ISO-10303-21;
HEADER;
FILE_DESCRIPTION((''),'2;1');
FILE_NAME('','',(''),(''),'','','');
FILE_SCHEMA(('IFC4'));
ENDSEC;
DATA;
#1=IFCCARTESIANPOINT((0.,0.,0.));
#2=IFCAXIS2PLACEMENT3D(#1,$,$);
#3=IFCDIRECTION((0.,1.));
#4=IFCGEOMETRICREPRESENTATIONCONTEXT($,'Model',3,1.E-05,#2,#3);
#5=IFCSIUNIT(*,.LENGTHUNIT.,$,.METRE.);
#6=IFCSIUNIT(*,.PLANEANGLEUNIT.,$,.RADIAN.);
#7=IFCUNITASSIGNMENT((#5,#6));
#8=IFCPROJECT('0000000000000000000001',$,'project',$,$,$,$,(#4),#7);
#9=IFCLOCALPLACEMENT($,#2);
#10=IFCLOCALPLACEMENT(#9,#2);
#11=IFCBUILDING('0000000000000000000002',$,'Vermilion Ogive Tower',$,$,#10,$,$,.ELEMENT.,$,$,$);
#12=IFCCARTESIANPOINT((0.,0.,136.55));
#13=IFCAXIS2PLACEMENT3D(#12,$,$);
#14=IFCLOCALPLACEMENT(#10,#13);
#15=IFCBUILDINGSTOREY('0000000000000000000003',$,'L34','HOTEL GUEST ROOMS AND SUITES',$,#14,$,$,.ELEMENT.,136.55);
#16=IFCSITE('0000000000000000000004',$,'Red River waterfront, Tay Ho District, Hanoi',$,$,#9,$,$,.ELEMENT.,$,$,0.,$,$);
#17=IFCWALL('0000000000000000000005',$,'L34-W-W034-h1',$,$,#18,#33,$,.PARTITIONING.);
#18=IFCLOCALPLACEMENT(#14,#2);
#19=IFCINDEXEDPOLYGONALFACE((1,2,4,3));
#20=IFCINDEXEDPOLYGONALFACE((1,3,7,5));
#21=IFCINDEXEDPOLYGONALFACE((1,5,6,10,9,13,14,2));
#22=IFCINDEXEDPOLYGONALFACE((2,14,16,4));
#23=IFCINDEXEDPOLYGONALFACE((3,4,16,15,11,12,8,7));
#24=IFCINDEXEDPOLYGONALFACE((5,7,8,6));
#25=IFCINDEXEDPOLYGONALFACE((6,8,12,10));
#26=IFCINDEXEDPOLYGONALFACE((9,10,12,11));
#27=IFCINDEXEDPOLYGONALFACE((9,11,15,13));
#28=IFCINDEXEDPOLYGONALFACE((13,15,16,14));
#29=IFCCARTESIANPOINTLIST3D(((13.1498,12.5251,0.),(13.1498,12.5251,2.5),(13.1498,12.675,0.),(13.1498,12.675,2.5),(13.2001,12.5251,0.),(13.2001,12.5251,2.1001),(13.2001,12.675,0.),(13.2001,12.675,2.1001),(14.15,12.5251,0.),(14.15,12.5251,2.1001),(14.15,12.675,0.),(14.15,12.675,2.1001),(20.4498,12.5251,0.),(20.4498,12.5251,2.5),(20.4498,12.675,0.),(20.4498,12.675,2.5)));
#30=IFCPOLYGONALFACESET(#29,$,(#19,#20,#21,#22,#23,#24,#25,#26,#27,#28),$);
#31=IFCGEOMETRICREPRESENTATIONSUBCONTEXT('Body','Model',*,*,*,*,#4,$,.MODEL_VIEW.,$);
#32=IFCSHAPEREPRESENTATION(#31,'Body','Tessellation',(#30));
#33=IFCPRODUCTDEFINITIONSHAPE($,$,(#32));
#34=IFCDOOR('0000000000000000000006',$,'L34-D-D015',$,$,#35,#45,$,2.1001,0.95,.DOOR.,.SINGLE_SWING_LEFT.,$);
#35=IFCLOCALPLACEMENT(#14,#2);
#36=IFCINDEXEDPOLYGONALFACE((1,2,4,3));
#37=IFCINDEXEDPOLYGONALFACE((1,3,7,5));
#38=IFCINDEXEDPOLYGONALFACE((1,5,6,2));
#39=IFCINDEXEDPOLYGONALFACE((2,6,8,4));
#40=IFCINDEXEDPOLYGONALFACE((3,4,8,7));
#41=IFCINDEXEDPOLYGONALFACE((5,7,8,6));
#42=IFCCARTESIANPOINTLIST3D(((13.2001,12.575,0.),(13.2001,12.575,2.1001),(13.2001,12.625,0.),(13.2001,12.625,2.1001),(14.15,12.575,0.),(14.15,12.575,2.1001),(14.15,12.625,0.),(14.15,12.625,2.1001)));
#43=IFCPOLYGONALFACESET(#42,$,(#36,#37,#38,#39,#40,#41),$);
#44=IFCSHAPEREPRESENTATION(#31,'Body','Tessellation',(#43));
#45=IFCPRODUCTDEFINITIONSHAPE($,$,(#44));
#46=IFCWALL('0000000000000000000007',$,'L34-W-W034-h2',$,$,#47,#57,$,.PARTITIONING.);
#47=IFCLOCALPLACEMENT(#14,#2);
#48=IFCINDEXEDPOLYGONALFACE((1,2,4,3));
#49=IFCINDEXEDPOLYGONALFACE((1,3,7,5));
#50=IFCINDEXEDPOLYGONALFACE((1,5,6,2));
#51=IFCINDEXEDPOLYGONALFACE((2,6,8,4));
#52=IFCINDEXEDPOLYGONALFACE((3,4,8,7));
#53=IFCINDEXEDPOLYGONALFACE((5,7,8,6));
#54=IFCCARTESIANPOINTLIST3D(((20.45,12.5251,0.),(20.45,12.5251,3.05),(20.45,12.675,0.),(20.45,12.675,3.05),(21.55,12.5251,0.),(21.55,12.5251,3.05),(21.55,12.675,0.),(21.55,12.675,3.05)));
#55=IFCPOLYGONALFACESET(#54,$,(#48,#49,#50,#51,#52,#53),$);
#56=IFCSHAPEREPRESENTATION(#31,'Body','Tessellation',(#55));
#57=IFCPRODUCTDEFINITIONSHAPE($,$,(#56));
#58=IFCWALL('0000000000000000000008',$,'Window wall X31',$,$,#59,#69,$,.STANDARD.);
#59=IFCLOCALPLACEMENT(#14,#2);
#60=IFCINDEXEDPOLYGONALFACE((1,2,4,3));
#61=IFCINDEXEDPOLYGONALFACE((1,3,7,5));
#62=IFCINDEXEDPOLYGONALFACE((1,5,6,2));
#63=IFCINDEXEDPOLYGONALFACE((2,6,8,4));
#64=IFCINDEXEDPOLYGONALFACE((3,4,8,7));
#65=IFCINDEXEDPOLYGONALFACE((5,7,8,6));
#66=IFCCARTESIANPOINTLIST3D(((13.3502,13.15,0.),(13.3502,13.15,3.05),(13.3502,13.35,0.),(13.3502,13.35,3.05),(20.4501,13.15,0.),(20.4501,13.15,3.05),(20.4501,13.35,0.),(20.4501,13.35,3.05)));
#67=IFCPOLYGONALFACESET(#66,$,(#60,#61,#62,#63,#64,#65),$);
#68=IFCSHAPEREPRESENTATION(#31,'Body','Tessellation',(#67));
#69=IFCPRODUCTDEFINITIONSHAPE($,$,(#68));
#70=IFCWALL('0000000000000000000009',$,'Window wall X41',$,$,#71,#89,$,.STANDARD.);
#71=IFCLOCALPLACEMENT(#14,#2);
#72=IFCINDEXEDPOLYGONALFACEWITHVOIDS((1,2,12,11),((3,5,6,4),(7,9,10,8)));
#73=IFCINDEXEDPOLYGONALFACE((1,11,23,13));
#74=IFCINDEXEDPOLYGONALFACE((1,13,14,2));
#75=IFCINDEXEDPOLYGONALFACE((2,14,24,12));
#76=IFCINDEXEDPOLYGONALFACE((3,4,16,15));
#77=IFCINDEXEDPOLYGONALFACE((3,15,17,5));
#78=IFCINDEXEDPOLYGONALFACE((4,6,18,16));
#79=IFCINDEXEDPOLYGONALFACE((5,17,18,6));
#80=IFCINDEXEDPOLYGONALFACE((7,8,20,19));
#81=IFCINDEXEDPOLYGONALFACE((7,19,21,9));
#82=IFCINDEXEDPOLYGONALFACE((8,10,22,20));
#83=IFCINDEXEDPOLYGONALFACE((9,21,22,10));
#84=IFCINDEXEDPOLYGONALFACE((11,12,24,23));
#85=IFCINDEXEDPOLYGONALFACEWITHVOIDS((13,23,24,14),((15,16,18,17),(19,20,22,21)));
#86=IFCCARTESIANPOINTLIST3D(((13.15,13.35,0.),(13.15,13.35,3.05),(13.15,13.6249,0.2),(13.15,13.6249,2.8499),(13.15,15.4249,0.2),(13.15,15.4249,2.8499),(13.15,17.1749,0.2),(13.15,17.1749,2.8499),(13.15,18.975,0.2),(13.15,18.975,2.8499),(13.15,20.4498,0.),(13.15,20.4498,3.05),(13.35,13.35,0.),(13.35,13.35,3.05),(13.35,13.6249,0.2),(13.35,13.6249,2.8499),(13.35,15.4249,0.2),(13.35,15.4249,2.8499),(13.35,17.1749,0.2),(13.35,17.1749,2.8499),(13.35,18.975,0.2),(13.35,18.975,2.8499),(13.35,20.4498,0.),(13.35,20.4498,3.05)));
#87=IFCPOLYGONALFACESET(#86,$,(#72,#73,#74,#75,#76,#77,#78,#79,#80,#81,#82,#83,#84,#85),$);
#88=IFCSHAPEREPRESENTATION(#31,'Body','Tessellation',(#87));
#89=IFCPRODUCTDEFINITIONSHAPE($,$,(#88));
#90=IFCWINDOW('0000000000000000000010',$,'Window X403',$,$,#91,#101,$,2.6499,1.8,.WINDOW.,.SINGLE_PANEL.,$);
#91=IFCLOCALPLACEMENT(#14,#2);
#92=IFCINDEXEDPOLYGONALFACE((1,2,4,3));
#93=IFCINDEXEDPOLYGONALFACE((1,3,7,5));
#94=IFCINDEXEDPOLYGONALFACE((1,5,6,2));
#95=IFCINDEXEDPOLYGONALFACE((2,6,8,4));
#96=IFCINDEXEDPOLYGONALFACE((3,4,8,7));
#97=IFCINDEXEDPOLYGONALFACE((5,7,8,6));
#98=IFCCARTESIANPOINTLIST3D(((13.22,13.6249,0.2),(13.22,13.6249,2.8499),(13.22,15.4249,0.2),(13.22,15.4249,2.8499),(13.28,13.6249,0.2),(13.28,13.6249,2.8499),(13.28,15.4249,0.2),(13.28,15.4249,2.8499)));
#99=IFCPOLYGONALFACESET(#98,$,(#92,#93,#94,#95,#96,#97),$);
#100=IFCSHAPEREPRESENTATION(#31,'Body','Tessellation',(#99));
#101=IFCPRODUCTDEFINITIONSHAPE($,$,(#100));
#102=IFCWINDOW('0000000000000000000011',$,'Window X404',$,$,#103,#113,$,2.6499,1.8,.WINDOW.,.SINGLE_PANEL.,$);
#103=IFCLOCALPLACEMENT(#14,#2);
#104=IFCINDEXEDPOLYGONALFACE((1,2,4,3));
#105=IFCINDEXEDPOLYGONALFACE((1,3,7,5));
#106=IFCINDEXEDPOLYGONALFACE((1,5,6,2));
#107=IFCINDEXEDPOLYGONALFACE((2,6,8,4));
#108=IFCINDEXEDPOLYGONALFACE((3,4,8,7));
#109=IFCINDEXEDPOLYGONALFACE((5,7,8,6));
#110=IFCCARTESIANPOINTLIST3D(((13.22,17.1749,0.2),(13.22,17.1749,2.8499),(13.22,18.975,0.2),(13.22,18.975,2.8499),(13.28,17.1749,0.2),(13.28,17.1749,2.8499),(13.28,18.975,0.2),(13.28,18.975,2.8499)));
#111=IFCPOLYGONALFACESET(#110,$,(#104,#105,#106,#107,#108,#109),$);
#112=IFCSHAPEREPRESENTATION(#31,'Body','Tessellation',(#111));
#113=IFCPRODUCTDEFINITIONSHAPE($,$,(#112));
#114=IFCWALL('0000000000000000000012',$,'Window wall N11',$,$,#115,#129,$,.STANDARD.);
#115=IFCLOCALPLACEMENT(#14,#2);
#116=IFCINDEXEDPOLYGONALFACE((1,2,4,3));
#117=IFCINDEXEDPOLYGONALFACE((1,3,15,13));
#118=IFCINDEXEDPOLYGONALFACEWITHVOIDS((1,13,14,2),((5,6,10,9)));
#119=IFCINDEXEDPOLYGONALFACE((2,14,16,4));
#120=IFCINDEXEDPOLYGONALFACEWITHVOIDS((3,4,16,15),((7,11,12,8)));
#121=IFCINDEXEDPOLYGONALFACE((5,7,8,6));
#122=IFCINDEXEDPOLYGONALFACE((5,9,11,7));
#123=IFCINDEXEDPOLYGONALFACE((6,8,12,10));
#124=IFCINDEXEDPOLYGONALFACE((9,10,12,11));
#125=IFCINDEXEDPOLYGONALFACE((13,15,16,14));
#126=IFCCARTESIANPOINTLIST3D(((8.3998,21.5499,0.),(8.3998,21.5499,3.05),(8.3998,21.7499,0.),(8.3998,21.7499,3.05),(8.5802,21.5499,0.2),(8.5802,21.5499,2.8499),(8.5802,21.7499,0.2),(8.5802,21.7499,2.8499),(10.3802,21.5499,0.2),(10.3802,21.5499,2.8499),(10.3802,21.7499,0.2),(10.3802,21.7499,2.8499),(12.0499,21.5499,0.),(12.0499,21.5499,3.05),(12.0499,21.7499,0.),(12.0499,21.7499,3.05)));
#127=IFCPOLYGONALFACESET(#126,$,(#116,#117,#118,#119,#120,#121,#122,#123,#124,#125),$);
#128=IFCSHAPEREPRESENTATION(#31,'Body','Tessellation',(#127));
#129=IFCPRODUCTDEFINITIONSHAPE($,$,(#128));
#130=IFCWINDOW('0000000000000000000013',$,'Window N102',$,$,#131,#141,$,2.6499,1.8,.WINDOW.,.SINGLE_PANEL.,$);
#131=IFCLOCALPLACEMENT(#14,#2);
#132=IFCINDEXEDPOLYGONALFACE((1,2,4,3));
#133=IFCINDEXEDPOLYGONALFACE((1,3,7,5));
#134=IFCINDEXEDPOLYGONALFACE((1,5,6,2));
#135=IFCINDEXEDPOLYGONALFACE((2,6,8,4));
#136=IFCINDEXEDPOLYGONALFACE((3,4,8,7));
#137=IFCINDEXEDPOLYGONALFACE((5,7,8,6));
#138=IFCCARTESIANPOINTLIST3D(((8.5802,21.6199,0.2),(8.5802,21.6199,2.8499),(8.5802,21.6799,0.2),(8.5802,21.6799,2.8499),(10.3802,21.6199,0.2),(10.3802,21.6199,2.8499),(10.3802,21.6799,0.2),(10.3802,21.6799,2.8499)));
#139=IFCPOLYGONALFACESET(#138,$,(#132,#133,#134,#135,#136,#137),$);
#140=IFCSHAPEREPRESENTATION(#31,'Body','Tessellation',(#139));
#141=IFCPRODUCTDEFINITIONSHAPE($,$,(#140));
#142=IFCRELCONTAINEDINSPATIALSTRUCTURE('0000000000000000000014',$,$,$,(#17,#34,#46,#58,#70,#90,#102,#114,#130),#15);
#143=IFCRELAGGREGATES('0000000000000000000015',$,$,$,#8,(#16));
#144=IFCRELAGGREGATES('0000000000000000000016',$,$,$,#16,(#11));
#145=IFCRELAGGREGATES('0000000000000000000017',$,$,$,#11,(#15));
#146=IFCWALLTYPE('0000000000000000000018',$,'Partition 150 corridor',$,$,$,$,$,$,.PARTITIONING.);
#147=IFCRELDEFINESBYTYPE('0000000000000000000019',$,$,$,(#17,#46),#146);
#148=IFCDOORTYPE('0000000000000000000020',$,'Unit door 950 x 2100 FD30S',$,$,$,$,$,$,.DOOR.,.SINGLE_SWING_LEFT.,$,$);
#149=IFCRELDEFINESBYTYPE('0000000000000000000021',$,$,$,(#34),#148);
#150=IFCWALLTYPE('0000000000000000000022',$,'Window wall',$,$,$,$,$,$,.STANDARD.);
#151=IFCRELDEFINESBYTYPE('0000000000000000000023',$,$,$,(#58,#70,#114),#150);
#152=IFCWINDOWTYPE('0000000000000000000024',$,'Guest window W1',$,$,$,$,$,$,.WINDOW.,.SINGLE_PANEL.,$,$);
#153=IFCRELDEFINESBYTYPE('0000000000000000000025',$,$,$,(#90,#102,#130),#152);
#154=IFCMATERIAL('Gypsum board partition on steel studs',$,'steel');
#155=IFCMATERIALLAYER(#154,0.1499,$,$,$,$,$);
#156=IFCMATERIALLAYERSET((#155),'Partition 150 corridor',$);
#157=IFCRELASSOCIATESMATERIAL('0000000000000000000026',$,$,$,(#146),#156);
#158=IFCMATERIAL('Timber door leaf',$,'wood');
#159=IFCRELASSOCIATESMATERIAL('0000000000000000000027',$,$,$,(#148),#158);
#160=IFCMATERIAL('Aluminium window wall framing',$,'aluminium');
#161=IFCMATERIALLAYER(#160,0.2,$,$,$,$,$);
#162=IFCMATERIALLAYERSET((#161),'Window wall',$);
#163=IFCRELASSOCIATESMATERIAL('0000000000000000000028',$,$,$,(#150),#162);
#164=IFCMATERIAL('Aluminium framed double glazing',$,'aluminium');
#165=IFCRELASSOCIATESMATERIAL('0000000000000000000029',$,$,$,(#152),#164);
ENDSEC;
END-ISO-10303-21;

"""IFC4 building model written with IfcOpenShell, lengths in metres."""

from ifc_helpers import new_model, si_unit, direction, frame, frame_2d, origin, place, context, subcontext, project, spatial, rectangle, extrude, material, layer, layer_set, type_object, element, fill, save


model = new_model("IFC4")

# Units and contexts
model_context = context("Model", 3, precision=1e-05, world=origin(), true_north=direction((0.0, 1.0)))
body_context = subcontext(model_context, "Body", "Model", "MODEL_VIEW")
ifc_project = project(units=[si_unit("LENGTHUNIT", "METRE"), si_unit("PLANEANGLEUNIT", "RADIAN")], contexts=[model_context])

# Site, building, storey
site_placement = place(None, origin())
site = spatial("IfcSite", under=ifc_project, at=site_placement, Name="Red River waterfront, Tay Ho District, Hanoi", CompositionType="ELEMENT", RefElevation=0.0)
building_placement = place(site_placement, origin())
building = spatial("IfcBuilding", under=site, at=building_placement, Name="Vermilion Ogive Tower", CompositionType="ELEMENT")
storey_placement = place(building_placement, frame((0.0, 0.0, 136.55)))
storey = spatial("IfcBuildingStorey", under=building, at=storey_placement, Name="L34", Description="HOTEL GUEST ROOMS AND SUITES", CompositionType="ELEMENT", Elevation=136.55)

# Shared definitions
ifc_material_1 = material(Name="Gypsum board partition on steel studs", Category="steel")
ifc_layer_1 = layer(ifc_material_1, 0.1499)
ifc_layer_set_1 = layer_set([ifc_layer_1], Name="Partition 150 corridor")
wall_type_1 = type_object("IfcWallType", Name="Partition 150 corridor", PredefinedType="PARTITIONING", material=ifc_layer_set_1)

# Wall, opening, door
wall_1_placement = place(storey_placement, frame((13.1499, 12.6001, 0.0), z_axis=(0.0, 0.0, 1.0), x_axis=(1.0, 0.0, 0.0)))
wall_1 = element("IfcWall", 1, at=wall_1_placement, inside=storey, type_object=wall_type_1, Name="L34-W-W034-h1", PredefinedType="PARTITIONING", context=body_context, shape_type="SweptSolid", body=[
    extrude(rectangle(XDim=7.3, YDim=0.1499, at=frame_2d((3.6499, 0.0))), origin(), (0.0, 0.0, 1.0), 2.5),
])
opening_1_placement = place(wall_1_placement, frame((0.05, 0.0, 0.0)))
opening_1 = element("IfcOpeningElement", 2, at=opening_1_placement, cuts=wall_1, PredefinedType="OPENING", context=body_context, shape_type="SweptSolid", body=[
    extrude(rectangle(XDim=0.95, YDim=2.1001, at=frame_2d((0.4751, 1.05))), frame((0.0, 0.085, 0.0), z_axis=(0.0, -1.0, 0.0), x_axis=(1.0, 0.0, 0.0)), (0.0, 0.0, 1.0), 0.1699),
])
ifc_material_2 = material(Name="Timber door leaf", Category="wood")
door_type = type_object("IfcDoorType", Name="Unit door 950 x 2100 FD30S", OperationType="SINGLE_SWING_LEFT", PredefinedType="DOOR", material=ifc_material_2)
door_placement = place(opening_1_placement, origin())
door = element("IfcDoor", 3, at=door_placement, inside=storey, type_object=door_type, Name="L34-D-D015", OperationType="SINGLE_SWING_LEFT", OverallHeight=2.1001, OverallWidth=0.95, PredefinedType="DOOR", context=body_context, shape_type="SweptSolid", body=[
    extrude(rectangle(XDim=0.95, YDim=2.1001, at=frame_2d((0.4751, 1.05))), frame((0.0, 0.0249, 0.0), z_axis=(0.0, -1.0, 0.0), x_axis=(1.0, 0.0, 0.0)), (0.0, 0.0, 1.0), 0.05),
])
fill(opening_1, door)

# Walls
wall_2_placement = place(storey_placement, frame((20.45, 12.6001, 0.0), z_axis=(0.0, 0.0, 1.0), x_axis=(1.0, 0.0, 0.0)))
element("IfcWall", 4, at=wall_2_placement, inside=storey, type_object=wall_type_1, Name="L34-W-W034-h2", PredefinedType="PARTITIONING", context=body_context, shape_type="SweptSolid", body=[
    extrude(rectangle(XDim=1.1001, YDim=0.1499, at=frame_2d((0.55, 0.0))), origin(), (0.0, 0.0, 1.0), 3.05),
])
ifc_material_3 = material(Name="Aluminium window wall framing", Category="aluminium")
ifc_layer_2 = layer(ifc_material_3, 0.2)
ifc_layer_set_2 = layer_set([ifc_layer_2], Name="Window wall")
wall_type_2 = type_object("IfcWallType", Name="Window wall", PredefinedType="STANDARD", material=ifc_layer_set_2)
wall_3_placement = place(storey_placement, frame((20.45, 13.25, 0.0), z_axis=(0.0, 0.0, 1.0), x_axis=(-1.0, 0.0, 0.0)))
element("IfcWall", 5, at=wall_3_placement, inside=storey, type_object=wall_type_2, Name="Window wall X31", PredefinedType="STANDARD", context=body_context, shape_type="SweptSolid", body=[
    extrude(rectangle(XDim=7.0999, YDim=0.2, at=frame_2d((3.5498, 0.0))), origin(), (0.0, 0.0, 1.0), 3.05),
])

# Wall, openings, windows
wall_4_placement = place(storey_placement, frame((13.25, 13.3501, 0.0), z_axis=(0.0, 0.0, 1.0), x_axis=(0.0, 1.0, 0.0)))
wall_4 = element("IfcWall", 6, at=wall_4_placement, inside=storey, type_object=wall_type_2, Name="Window wall X41", PredefinedType="STANDARD", context=body_context, shape_type="SweptSolid", body=[
    extrude(rectangle(XDim=7.0999, YDim=0.2, at=frame_2d((3.5498, 0.0))), origin(), (0.0, 0.0, 1.0), 3.05),
])
opening_2_placement = place(wall_4_placement, frame((0.2749, 0.0, 0.2)))
opening_2 = element("IfcOpeningElement", 7, at=opening_2_placement, cuts=wall_4, PredefinedType="OPENING", context=body_context, shape_type="SweptSolid", body=[
    extrude(rectangle(XDim=1.8, YDim=2.6499, at=frame_2d((0.8999, 1.325))), frame((0.0, 0.1099, 0.0), z_axis=(0.0, -1.0, 0.0), x_axis=(1.0, 0.0, 0.0)), (0.0, 0.0, 1.0), 0.22),
])
opening_3_placement = place(wall_4_placement, frame((3.825, 0.0, 0.2)))
opening_3 = element("IfcOpeningElement", 8, at=opening_3_placement, cuts=wall_4, PredefinedType="OPENING", context=body_context, shape_type="SweptSolid", body=[
    extrude(rectangle(XDim=1.8, YDim=2.6499, at=frame_2d((0.8999, 1.325))), frame((0.0, 0.1099, 0.0), z_axis=(0.0, -1.0, 0.0), x_axis=(1.0, 0.0, 0.0)), (0.0, 0.0, 1.0), 0.22),
])
ifc_material_4 = material(Name="Aluminium framed double glazing", Category="aluminium")
window_type = type_object("IfcWindowType", Name="Guest window W1", PartitioningType="SINGLE_PANEL", PredefinedType="WINDOW", material=ifc_material_4)
window_1_placement = place(opening_2_placement, origin())
window_1 = element("IfcWindow", 9, at=window_1_placement, inside=storey, type_object=window_type, Name="Window X403", OverallHeight=2.6499, OverallWidth=1.8, PartitioningType="SINGLE_PANEL", PredefinedType="WINDOW", context=body_context, shape_type="SweptSolid", body=[
    extrude(rectangle(XDim=1.8, YDim=2.6499, at=frame_2d((0.8999, 1.325))), frame((0.0, 0.03, 0.0), z_axis=(0.0, -1.0, 0.0), x_axis=(1.0, 0.0, 0.0)), (0.0, 0.0, 1.0), 0.0601),
])
fill(opening_2, window_1)
window_2_placement = place(opening_3_placement, origin())
window_2 = element("IfcWindow", 10, at=window_2_placement, inside=storey, type_object=window_type, Name="Window X404", OverallHeight=2.6499, OverallWidth=1.8, PartitioningType="SINGLE_PANEL", PredefinedType="WINDOW", context=body_context, shape_type="SweptSolid", body=[
    extrude(rectangle(XDim=1.8, YDim=2.6499, at=frame_2d((0.8999, 1.325))), frame((0.0, 0.03, 0.0), z_axis=(0.0, -1.0, 0.0), x_axis=(1.0, 0.0, 0.0)), (0.0, 0.0, 1.0), 0.0601),
])
fill(opening_3, window_2)

# Wall, opening, window
wall_5_placement = place(storey_placement, frame((12.05, 21.6499, 0.0), z_axis=(0.0, 0.0, 1.0), x_axis=(-1.0, 0.0, 0.0)))
wall_5 = element("IfcWall", 11, at=wall_5_placement, inside=storey, type_object=wall_type_2, Name="Window wall N11", PredefinedType="STANDARD", context=body_context, shape_type="SweptSolid", body=[
    extrude(rectangle(XDim=3.6501, YDim=0.2, at=frame_2d((1.8252, 0.0))), origin(), (0.0, 0.0, 1.0), 3.05),
])
opening_4_placement = place(wall_5_placement, frame((1.6699, 0.0, 0.2)))
opening_4 = element("IfcOpeningElement", 12, at=opening_4_placement, cuts=wall_5, PredefinedType="OPENING", context=body_context, shape_type="SweptSolid", body=[
    extrude(rectangle(XDim=1.8, YDim=2.6499, at=frame_2d((0.8999, 1.325))), frame((0.0, 0.1099, 0.0), z_axis=(0.0, -1.0, 0.0), x_axis=(1.0, 0.0, 0.0)), (0.0, 0.0, 1.0), 0.22),
])
window_3_placement = place(opening_4_placement, origin())
window_3 = element("IfcWindow", 13, at=window_3_placement, inside=storey, type_object=window_type, Name="Window N102", OverallHeight=2.6499, OverallWidth=1.8, PartitioningType="SINGLE_PANEL", PredefinedType="WINDOW", context=body_context, shape_type="SweptSolid", body=[
    extrude(rectangle(XDim=1.8, YDim=2.6499, at=frame_2d((0.8999, 1.325))), frame((0.0, 0.03, 0.0), z_axis=(0.0, -1.0, 0.0), x_axis=(1.0, 0.0, 0.0)), (0.0, 0.0, 1.0), 0.0601),
])
fill(opening_4, window_3)

save(model, "model.ifc")
